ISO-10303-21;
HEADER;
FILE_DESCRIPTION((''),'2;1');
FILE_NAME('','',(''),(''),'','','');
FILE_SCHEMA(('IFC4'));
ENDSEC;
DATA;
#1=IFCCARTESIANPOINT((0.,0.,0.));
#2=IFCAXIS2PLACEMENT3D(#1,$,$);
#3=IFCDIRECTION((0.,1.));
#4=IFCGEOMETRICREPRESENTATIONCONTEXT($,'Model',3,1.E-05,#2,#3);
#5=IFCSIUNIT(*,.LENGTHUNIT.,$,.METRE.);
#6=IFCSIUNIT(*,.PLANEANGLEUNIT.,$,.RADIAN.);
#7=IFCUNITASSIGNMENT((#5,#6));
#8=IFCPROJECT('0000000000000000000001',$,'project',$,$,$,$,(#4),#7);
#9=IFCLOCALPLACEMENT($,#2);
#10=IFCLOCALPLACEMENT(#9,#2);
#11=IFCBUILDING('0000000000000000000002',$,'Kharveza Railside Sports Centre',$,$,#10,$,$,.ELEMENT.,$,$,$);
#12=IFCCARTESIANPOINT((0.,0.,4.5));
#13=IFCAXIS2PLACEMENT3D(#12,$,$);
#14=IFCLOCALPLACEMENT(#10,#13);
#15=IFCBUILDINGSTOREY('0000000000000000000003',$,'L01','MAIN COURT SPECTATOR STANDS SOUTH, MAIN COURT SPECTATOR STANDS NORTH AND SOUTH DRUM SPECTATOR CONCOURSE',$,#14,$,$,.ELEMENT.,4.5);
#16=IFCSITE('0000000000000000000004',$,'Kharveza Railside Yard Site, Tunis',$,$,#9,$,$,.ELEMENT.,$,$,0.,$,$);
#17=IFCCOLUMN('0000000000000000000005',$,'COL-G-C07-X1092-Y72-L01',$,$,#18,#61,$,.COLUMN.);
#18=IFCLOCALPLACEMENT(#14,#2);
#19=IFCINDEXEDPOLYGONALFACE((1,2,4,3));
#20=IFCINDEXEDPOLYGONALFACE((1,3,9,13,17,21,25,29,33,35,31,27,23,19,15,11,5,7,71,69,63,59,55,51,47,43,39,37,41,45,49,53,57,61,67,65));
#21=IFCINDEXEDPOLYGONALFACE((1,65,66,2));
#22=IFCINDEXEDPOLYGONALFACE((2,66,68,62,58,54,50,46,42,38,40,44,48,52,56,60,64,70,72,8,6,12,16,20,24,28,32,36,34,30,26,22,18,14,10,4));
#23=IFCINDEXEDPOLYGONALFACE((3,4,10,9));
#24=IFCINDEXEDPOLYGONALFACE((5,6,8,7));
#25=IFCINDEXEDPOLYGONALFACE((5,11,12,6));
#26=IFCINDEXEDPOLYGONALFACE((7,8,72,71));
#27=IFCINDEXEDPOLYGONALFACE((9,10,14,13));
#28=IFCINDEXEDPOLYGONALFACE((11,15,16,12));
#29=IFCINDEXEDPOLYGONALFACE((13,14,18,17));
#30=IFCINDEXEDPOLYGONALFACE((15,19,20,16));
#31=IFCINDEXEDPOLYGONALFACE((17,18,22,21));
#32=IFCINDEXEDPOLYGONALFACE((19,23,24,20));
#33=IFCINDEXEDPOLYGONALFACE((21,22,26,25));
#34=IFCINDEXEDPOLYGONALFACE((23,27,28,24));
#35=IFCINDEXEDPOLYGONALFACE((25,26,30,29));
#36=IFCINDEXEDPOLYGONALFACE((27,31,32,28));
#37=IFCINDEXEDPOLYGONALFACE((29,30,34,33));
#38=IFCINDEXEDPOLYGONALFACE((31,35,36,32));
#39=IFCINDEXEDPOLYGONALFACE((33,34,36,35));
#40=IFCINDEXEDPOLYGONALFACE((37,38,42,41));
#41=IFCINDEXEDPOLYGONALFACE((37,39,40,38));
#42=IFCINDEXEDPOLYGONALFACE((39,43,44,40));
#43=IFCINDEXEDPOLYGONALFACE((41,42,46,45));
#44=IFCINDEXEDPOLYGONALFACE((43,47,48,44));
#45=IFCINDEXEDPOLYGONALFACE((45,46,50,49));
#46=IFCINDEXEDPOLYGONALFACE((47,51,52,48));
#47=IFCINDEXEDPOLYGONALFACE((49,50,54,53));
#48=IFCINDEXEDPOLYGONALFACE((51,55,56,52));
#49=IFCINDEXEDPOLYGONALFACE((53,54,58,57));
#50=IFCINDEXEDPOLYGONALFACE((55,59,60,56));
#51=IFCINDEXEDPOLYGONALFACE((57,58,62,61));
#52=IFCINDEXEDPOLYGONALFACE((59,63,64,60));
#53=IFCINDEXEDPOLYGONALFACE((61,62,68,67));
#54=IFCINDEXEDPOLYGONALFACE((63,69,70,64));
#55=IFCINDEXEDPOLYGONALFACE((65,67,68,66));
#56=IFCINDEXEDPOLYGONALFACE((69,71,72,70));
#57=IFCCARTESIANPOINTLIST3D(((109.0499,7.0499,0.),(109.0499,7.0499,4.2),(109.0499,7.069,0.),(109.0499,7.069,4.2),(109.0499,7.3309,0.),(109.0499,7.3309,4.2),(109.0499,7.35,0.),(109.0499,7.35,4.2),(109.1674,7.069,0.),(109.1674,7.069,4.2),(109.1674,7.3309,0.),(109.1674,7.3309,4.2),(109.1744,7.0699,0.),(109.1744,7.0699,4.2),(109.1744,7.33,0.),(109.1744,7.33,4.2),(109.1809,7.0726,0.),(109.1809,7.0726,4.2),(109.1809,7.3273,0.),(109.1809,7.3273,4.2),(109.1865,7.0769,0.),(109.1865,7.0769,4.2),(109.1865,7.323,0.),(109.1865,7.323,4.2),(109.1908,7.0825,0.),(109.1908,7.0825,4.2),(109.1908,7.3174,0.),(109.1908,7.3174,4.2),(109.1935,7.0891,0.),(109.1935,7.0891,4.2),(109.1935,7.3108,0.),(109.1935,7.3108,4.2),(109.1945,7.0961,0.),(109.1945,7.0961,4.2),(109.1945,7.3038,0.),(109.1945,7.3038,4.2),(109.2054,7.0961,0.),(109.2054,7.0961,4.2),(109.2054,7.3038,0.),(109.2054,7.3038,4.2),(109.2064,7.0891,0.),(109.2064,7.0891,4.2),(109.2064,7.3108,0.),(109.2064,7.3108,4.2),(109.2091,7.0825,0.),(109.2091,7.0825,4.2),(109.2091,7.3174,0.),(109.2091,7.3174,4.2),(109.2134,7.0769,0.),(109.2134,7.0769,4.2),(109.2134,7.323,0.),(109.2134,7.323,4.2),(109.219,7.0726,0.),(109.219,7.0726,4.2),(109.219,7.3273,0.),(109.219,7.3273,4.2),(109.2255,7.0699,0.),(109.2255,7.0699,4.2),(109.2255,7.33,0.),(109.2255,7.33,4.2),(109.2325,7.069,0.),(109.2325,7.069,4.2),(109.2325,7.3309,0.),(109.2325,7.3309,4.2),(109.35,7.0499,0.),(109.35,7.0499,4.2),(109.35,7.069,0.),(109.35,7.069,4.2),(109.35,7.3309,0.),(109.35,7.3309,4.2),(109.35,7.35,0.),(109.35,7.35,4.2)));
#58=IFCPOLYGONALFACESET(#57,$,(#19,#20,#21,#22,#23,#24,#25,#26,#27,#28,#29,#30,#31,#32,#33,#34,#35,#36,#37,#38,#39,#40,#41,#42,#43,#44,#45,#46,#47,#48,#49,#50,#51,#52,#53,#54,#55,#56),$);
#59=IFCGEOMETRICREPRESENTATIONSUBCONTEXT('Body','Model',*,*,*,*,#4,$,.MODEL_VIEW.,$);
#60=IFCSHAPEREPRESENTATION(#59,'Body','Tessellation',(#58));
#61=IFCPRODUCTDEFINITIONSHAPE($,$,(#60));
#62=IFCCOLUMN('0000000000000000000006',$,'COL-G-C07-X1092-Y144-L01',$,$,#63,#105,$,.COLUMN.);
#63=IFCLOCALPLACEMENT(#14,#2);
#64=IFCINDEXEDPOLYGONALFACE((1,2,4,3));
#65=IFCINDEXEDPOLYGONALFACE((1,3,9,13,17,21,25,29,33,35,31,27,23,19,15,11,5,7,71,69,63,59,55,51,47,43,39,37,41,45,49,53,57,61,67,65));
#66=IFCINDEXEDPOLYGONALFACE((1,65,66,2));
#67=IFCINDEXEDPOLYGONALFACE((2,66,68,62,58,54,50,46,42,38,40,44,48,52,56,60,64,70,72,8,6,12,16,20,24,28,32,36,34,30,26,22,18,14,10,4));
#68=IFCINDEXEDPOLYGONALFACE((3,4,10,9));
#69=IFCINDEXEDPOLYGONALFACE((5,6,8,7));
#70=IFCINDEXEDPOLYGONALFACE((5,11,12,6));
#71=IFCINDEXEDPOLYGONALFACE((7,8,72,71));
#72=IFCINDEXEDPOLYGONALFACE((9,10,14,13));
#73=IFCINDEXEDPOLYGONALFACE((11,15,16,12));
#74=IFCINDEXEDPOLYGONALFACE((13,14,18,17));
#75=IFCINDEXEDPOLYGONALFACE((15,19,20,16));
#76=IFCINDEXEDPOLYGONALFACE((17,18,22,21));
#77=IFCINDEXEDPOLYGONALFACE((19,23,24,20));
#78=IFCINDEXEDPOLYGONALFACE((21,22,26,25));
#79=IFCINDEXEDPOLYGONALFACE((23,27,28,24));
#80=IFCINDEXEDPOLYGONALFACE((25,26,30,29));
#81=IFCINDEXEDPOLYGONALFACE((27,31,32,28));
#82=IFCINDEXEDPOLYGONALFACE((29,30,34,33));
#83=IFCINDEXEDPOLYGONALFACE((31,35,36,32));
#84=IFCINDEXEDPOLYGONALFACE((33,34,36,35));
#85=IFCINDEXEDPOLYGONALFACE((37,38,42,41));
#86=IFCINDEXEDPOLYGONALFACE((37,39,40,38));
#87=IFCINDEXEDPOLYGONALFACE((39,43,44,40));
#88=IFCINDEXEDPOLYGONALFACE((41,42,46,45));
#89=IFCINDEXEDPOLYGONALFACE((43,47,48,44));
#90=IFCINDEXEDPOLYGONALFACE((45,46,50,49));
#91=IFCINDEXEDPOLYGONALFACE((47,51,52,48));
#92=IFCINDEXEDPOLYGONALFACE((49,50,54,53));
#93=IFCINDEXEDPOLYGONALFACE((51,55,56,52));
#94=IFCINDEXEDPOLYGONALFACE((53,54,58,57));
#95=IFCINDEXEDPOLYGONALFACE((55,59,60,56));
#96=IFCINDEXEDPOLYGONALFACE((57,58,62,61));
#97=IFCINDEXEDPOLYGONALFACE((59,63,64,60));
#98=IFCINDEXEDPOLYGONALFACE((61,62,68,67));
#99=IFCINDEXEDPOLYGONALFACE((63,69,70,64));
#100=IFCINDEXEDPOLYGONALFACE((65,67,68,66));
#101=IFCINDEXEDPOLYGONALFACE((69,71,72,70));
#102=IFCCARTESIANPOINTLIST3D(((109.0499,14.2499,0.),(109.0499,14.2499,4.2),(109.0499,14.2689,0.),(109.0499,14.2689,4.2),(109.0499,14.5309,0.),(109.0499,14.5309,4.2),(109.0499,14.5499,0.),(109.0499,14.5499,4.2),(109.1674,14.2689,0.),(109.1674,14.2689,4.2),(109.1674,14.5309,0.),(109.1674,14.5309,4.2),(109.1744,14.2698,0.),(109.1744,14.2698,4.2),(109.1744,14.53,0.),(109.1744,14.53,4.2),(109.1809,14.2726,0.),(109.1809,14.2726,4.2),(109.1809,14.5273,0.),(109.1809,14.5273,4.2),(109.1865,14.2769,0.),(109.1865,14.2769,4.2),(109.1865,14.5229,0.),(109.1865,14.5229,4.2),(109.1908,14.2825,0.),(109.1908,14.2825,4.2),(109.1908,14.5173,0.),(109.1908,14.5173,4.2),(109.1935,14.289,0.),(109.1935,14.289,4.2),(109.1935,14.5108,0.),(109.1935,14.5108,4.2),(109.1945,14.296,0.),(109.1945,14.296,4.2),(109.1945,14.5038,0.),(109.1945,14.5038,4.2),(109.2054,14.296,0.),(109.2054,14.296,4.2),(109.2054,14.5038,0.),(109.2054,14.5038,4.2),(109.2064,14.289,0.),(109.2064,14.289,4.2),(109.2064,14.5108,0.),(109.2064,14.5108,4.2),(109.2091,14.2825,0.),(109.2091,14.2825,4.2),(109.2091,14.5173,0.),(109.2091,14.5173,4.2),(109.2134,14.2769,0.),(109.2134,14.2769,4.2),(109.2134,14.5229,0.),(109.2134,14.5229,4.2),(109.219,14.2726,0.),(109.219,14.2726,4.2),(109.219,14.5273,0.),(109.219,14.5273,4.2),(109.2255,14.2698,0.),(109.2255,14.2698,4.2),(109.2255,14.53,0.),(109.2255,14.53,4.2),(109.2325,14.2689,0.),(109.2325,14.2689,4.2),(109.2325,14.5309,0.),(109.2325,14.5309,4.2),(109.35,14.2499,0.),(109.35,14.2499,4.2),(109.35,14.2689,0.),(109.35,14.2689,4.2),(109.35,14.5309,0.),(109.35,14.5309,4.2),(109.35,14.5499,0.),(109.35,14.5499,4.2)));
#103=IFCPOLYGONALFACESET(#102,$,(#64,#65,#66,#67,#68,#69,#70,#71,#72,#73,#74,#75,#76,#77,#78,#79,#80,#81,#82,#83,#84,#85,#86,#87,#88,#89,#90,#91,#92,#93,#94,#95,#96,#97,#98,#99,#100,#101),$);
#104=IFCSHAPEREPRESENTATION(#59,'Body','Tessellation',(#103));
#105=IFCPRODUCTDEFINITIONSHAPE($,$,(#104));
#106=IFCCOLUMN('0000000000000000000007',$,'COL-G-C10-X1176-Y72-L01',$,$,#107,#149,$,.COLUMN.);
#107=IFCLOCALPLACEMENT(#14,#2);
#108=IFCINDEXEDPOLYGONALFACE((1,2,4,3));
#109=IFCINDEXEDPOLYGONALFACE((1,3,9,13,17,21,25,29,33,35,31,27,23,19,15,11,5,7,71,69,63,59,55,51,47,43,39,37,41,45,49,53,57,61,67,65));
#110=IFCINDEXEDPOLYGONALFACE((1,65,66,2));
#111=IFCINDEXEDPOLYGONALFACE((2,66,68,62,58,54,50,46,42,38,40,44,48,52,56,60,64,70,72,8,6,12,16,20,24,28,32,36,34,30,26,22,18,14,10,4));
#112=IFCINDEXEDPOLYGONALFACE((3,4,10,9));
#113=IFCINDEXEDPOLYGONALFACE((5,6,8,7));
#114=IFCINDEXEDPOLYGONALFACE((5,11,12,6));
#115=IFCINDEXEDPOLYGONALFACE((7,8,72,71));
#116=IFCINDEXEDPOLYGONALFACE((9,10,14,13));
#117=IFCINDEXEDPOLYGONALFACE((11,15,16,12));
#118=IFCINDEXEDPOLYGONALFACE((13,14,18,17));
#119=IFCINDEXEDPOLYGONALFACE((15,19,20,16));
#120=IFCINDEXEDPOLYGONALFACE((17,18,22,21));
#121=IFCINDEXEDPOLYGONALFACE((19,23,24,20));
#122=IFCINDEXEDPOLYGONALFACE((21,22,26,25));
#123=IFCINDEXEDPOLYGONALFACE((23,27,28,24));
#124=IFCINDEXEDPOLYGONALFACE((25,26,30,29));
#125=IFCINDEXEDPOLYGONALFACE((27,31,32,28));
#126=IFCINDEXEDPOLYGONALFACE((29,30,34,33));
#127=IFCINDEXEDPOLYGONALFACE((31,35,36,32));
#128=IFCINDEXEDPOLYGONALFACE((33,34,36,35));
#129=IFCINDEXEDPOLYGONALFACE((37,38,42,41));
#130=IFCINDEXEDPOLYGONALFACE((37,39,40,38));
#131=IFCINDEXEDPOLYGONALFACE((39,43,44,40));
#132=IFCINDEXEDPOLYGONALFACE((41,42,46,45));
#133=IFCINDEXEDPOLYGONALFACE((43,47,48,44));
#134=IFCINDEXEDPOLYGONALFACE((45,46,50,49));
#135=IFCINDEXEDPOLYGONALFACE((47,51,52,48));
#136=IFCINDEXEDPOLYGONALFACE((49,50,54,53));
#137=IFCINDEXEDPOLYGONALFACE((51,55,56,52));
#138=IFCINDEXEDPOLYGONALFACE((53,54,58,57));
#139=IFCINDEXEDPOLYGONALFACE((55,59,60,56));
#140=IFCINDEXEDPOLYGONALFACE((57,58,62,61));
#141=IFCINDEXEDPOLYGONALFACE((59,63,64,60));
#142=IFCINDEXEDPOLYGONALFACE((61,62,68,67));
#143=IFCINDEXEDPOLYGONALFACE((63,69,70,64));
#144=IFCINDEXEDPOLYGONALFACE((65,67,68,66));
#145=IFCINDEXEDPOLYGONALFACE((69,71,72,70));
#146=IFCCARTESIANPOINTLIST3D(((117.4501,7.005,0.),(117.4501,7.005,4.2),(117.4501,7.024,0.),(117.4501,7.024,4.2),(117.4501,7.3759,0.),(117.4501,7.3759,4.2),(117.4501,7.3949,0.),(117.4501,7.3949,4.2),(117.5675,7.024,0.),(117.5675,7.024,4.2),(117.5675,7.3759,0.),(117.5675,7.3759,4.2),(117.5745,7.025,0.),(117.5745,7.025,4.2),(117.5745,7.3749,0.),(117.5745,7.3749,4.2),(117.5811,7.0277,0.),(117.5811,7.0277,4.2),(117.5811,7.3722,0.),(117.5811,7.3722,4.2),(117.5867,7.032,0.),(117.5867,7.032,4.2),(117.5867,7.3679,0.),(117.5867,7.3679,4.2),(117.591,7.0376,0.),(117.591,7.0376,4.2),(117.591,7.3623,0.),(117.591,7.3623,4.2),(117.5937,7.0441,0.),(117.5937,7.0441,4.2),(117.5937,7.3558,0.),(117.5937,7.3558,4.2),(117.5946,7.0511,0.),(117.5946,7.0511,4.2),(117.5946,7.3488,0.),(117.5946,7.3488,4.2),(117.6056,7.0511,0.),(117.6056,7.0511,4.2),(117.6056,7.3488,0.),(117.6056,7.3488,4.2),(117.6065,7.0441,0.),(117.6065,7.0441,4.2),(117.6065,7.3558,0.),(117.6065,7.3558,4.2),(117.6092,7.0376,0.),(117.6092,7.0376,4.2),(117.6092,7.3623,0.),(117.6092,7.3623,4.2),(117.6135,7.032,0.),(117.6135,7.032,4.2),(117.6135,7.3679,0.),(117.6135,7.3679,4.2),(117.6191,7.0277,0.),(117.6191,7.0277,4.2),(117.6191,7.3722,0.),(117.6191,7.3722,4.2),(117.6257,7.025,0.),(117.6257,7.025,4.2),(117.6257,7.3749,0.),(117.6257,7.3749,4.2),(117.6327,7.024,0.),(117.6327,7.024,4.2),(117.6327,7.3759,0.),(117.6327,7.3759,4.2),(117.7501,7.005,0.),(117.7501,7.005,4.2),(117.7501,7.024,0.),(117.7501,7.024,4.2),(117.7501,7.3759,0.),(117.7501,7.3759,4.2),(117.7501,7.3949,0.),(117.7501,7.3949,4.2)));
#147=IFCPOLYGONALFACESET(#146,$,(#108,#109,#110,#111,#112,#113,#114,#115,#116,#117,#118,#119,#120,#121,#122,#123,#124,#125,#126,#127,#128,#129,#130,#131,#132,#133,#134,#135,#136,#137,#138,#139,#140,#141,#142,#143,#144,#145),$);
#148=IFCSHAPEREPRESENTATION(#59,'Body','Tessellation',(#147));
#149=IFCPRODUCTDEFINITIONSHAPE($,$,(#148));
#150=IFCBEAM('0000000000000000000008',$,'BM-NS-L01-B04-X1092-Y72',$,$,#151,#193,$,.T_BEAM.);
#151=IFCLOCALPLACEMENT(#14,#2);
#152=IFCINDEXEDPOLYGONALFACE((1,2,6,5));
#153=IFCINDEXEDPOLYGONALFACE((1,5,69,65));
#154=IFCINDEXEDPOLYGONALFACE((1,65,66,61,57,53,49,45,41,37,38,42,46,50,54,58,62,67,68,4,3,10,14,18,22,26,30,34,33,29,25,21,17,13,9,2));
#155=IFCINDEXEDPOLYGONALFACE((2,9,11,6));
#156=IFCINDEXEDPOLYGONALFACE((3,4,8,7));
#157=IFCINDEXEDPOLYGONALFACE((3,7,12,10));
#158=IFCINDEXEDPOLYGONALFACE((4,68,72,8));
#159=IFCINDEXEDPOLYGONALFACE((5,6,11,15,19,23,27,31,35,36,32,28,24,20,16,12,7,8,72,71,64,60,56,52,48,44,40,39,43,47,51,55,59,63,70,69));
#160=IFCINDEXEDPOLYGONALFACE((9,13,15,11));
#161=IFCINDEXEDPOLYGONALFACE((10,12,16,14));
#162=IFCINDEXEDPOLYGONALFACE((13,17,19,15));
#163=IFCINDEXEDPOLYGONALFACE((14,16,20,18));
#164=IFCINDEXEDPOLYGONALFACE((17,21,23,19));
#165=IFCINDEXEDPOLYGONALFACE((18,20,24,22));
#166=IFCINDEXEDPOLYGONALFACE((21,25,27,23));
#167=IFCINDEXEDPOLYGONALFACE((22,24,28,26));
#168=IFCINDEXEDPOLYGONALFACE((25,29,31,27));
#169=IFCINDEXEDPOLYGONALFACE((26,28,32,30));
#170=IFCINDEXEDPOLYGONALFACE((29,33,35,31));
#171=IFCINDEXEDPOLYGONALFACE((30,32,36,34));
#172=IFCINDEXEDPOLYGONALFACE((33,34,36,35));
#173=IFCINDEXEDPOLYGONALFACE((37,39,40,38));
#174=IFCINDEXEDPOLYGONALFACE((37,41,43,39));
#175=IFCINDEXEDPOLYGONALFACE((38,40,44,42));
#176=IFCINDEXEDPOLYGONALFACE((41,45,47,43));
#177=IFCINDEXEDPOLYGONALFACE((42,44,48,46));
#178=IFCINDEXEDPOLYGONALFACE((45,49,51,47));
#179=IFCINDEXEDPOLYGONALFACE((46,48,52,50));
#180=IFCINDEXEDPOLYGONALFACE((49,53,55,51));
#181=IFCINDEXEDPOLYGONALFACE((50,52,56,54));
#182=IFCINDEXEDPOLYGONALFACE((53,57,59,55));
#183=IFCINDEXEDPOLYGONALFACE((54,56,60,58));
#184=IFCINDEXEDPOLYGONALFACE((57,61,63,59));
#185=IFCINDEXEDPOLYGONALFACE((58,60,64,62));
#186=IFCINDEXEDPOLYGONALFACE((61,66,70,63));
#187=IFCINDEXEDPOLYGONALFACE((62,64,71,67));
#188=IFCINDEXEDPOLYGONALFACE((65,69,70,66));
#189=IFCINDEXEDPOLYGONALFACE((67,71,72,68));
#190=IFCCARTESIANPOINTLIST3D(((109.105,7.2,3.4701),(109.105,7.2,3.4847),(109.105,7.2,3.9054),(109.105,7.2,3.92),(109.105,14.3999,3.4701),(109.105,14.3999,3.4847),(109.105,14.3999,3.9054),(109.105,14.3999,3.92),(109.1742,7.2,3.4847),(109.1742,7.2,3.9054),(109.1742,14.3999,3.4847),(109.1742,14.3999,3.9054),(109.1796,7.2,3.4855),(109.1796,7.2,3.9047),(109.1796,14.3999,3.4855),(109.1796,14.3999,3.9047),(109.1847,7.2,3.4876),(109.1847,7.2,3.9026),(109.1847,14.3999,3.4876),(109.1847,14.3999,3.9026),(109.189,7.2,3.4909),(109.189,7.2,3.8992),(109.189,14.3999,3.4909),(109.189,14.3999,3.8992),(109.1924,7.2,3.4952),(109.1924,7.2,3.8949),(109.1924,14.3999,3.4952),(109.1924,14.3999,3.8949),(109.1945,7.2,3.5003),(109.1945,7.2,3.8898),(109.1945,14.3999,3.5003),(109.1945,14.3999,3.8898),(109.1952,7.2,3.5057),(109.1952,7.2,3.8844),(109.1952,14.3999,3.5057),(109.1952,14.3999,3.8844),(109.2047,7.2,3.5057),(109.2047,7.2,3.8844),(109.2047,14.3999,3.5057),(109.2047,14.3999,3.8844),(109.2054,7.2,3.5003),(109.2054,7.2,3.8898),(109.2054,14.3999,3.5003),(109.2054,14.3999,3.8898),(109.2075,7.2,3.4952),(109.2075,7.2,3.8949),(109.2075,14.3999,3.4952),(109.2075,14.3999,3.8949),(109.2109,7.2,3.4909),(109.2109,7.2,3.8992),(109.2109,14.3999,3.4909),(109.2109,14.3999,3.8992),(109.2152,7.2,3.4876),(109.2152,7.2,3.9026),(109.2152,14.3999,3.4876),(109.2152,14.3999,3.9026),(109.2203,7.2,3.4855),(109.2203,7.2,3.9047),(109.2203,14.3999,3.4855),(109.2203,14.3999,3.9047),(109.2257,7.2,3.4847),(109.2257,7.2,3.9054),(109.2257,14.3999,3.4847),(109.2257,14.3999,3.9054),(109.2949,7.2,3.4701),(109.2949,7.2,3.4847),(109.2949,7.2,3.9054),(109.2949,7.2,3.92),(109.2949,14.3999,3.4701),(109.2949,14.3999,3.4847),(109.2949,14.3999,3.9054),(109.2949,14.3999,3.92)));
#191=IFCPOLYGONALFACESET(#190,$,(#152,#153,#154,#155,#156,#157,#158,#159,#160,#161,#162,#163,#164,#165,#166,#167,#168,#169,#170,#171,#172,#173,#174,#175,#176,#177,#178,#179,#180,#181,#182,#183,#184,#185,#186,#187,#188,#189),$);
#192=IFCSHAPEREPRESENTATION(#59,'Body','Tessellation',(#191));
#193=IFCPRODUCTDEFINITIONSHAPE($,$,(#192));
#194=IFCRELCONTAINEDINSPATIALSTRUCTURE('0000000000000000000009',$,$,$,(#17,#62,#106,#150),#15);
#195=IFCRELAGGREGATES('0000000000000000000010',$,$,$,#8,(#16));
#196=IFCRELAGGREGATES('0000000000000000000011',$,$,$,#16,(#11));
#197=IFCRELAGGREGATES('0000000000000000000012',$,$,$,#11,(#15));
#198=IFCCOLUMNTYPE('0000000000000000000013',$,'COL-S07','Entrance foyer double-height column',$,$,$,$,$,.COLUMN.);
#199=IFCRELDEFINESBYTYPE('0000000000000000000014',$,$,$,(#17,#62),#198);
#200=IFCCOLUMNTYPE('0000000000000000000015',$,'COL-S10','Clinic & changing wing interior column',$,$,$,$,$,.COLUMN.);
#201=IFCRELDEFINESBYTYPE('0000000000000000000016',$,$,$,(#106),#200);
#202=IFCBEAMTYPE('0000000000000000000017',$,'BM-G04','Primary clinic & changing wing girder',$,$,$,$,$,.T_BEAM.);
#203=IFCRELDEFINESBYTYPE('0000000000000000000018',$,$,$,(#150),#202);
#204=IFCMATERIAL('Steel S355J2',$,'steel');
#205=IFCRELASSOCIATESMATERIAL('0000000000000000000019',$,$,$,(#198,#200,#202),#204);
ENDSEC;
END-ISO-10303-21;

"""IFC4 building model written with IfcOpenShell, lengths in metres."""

from ifc_helpers import new_model, si_unit, direction, frame, origin, origin_2d, place, context, subcontext, project, spatial, i_section, extrude, material, material_profile, profile_set, type_object, element, save


model = new_model("IFC4")

# Units and contexts
model_context = context("Model", 3, precision=1e-05, world=origin(), true_north=direction((0.0, 1.0)))
body_context = subcontext(model_context, "Body", "Model", "MODEL_VIEW")
ifc_project = project(units=[si_unit("LENGTHUNIT", "METRE"), si_unit("PLANEANGLEUNIT", "RADIAN")], contexts=[model_context])

# Site, building, storey
site_placement = place(None, origin())
site = spatial("IfcSite", under=ifc_project, at=site_placement, Name="Kharveza Railside Yard Site, Tunis", CompositionType="ELEMENT", RefElevation=0.0)
building_placement = place(site_placement, origin())
building = spatial("IfcBuilding", under=site, at=building_placement, Name="Kharveza Railside Sports Centre", CompositionType="ELEMENT")
storey_placement = place(building_placement, frame((0.0, 0.0, 4.5)))
storey = spatial("IfcBuildingStorey", under=building, at=storey_placement, Name="L01", Description="MAIN COURT SPECTATOR STANDS SOUTH, MAIN COURT SPECTATOR STANDS NORTH AND SOUTH DRUM SPECTATOR CONCOURSE", CompositionType="ELEMENT", Elevation=4.5)

# Columns
ifc_material_1 = material(Name="Steel S355J2", Category="steel")
ifc_material_profile_1 = material_profile(ifc_material_1, i_section(OverallWidth=0.3, OverallDepth=0.3, WebThickness=0.011, FlangeThickness=0.019, FilletRadius=0.0271, at=origin_2d()), Name="HEB 300")
ifc_profile_set_1 = profile_set([ifc_material_profile_1], Name="Steel S355J2")
column_type_1 = type_object("IfcColumnType", Name="COL-S07", Description="Entrance foyer double-height column", PredefinedType="COLUMN", material=ifc_profile_set_1)
for number, where, z_axis, x_axis, name in (
    (1, (109.2, 7.2, 0.0), (0.0, 0.0, 1.0), (1.0, 0.0, 0.0), "COL-G-C07-X1092-Y72-L01"),
    (2, (109.2, 14.3999, 0.0), (0.0, 0.0, 1.0), (1.0, 0.0, 0.0), "COL-G-C07-X1092-Y144-L01"),
):
    element("IfcColumn", number, at=place(storey_placement, frame(where, z_axis=z_axis, x_axis=x_axis)), inside=storey, type_object=column_type_1, Name=name, PredefinedType="COLUMN", context=body_context, shape_type="SweptSolid", body=[
        extrude(i_section(OverallWidth=0.3, OverallDepth=0.3, WebThickness=0.011, FlangeThickness=0.019, FilletRadius=0.0271, at=origin_2d()), origin(), (0.0, 0.0, 1.0), 4.2),
    ])
ifc_material_profile_2 = material_profile(ifc_material_1, i_section(OverallWidth=0.3, OverallDepth=0.3899, WebThickness=0.011, FlangeThickness=0.019, FilletRadius=0.0271, at=origin_2d()), Name="HEA 400")
ifc_profile_set_2 = profile_set([ifc_material_profile_2], Name="Steel S355J2")
column_type_2 = type_object("IfcColumnType", Name="COL-S10", Description="Clinic & changing wing interior column", PredefinedType="COLUMN", material=ifc_profile_set_2)
column_placement = place(storey_placement, frame((117.6001, 7.2, 0.0), z_axis=(0.0, 0.0, 1.0), x_axis=(1.0, 0.0, 0.0)))
element("IfcColumn", 3, at=column_placement, inside=storey, type_object=column_type_2, Name="COL-G-C10-X1176-Y72-L01", PredefinedType="COLUMN", context=body_context, shape_type="SweptSolid", body=[
    extrude(i_section(OverallWidth=0.3, OverallDepth=0.3899, WebThickness=0.011, FlangeThickness=0.019, FilletRadius=0.0271, at=origin_2d()), origin(), (0.0, 0.0, 1.0), 4.2),
])

# Beam
ifc_material_profile_3 = material_profile(ifc_material_1, i_section(OverallWidth=0.1899, OverallDepth=0.45, WebThickness=0.0095, FlangeThickness=0.0146, FilletRadius=0.021, at=origin_2d()), Name="IPE 450")
ifc_profile_set_3 = profile_set([ifc_material_profile_3], Name="Steel S355J2")
beam_type_1 = type_object("IfcBeamType", Name="BM-G04", Description="Primary clinic & changing wing girder", PredefinedType="T_BEAM", material=ifc_profile_set_3)
beam_1_placement = place(storey_placement, frame((109.2, 7.2, 3.6951), z_axis=(0.0, 1.0, 0.0), x_axis=(-1.0, 0.0, 0.0)))
element("IfcBeam", 4, at=beam_1_placement, inside=storey, type_object=beam_type_1, Name="BM-NS-L01-B04-X1092-Y72", PredefinedType="T_BEAM", context=body_context, shape_type="SweptSolid", body=[
    extrude(i_section(OverallWidth=0.1899, OverallDepth=0.45, WebThickness=0.0095, FlangeThickness=0.0146, FilletRadius=0.021, at=origin_2d()), origin(), (0.0, 0.0, 1.0), 7.2),
])

save(model, "model.ifc")
